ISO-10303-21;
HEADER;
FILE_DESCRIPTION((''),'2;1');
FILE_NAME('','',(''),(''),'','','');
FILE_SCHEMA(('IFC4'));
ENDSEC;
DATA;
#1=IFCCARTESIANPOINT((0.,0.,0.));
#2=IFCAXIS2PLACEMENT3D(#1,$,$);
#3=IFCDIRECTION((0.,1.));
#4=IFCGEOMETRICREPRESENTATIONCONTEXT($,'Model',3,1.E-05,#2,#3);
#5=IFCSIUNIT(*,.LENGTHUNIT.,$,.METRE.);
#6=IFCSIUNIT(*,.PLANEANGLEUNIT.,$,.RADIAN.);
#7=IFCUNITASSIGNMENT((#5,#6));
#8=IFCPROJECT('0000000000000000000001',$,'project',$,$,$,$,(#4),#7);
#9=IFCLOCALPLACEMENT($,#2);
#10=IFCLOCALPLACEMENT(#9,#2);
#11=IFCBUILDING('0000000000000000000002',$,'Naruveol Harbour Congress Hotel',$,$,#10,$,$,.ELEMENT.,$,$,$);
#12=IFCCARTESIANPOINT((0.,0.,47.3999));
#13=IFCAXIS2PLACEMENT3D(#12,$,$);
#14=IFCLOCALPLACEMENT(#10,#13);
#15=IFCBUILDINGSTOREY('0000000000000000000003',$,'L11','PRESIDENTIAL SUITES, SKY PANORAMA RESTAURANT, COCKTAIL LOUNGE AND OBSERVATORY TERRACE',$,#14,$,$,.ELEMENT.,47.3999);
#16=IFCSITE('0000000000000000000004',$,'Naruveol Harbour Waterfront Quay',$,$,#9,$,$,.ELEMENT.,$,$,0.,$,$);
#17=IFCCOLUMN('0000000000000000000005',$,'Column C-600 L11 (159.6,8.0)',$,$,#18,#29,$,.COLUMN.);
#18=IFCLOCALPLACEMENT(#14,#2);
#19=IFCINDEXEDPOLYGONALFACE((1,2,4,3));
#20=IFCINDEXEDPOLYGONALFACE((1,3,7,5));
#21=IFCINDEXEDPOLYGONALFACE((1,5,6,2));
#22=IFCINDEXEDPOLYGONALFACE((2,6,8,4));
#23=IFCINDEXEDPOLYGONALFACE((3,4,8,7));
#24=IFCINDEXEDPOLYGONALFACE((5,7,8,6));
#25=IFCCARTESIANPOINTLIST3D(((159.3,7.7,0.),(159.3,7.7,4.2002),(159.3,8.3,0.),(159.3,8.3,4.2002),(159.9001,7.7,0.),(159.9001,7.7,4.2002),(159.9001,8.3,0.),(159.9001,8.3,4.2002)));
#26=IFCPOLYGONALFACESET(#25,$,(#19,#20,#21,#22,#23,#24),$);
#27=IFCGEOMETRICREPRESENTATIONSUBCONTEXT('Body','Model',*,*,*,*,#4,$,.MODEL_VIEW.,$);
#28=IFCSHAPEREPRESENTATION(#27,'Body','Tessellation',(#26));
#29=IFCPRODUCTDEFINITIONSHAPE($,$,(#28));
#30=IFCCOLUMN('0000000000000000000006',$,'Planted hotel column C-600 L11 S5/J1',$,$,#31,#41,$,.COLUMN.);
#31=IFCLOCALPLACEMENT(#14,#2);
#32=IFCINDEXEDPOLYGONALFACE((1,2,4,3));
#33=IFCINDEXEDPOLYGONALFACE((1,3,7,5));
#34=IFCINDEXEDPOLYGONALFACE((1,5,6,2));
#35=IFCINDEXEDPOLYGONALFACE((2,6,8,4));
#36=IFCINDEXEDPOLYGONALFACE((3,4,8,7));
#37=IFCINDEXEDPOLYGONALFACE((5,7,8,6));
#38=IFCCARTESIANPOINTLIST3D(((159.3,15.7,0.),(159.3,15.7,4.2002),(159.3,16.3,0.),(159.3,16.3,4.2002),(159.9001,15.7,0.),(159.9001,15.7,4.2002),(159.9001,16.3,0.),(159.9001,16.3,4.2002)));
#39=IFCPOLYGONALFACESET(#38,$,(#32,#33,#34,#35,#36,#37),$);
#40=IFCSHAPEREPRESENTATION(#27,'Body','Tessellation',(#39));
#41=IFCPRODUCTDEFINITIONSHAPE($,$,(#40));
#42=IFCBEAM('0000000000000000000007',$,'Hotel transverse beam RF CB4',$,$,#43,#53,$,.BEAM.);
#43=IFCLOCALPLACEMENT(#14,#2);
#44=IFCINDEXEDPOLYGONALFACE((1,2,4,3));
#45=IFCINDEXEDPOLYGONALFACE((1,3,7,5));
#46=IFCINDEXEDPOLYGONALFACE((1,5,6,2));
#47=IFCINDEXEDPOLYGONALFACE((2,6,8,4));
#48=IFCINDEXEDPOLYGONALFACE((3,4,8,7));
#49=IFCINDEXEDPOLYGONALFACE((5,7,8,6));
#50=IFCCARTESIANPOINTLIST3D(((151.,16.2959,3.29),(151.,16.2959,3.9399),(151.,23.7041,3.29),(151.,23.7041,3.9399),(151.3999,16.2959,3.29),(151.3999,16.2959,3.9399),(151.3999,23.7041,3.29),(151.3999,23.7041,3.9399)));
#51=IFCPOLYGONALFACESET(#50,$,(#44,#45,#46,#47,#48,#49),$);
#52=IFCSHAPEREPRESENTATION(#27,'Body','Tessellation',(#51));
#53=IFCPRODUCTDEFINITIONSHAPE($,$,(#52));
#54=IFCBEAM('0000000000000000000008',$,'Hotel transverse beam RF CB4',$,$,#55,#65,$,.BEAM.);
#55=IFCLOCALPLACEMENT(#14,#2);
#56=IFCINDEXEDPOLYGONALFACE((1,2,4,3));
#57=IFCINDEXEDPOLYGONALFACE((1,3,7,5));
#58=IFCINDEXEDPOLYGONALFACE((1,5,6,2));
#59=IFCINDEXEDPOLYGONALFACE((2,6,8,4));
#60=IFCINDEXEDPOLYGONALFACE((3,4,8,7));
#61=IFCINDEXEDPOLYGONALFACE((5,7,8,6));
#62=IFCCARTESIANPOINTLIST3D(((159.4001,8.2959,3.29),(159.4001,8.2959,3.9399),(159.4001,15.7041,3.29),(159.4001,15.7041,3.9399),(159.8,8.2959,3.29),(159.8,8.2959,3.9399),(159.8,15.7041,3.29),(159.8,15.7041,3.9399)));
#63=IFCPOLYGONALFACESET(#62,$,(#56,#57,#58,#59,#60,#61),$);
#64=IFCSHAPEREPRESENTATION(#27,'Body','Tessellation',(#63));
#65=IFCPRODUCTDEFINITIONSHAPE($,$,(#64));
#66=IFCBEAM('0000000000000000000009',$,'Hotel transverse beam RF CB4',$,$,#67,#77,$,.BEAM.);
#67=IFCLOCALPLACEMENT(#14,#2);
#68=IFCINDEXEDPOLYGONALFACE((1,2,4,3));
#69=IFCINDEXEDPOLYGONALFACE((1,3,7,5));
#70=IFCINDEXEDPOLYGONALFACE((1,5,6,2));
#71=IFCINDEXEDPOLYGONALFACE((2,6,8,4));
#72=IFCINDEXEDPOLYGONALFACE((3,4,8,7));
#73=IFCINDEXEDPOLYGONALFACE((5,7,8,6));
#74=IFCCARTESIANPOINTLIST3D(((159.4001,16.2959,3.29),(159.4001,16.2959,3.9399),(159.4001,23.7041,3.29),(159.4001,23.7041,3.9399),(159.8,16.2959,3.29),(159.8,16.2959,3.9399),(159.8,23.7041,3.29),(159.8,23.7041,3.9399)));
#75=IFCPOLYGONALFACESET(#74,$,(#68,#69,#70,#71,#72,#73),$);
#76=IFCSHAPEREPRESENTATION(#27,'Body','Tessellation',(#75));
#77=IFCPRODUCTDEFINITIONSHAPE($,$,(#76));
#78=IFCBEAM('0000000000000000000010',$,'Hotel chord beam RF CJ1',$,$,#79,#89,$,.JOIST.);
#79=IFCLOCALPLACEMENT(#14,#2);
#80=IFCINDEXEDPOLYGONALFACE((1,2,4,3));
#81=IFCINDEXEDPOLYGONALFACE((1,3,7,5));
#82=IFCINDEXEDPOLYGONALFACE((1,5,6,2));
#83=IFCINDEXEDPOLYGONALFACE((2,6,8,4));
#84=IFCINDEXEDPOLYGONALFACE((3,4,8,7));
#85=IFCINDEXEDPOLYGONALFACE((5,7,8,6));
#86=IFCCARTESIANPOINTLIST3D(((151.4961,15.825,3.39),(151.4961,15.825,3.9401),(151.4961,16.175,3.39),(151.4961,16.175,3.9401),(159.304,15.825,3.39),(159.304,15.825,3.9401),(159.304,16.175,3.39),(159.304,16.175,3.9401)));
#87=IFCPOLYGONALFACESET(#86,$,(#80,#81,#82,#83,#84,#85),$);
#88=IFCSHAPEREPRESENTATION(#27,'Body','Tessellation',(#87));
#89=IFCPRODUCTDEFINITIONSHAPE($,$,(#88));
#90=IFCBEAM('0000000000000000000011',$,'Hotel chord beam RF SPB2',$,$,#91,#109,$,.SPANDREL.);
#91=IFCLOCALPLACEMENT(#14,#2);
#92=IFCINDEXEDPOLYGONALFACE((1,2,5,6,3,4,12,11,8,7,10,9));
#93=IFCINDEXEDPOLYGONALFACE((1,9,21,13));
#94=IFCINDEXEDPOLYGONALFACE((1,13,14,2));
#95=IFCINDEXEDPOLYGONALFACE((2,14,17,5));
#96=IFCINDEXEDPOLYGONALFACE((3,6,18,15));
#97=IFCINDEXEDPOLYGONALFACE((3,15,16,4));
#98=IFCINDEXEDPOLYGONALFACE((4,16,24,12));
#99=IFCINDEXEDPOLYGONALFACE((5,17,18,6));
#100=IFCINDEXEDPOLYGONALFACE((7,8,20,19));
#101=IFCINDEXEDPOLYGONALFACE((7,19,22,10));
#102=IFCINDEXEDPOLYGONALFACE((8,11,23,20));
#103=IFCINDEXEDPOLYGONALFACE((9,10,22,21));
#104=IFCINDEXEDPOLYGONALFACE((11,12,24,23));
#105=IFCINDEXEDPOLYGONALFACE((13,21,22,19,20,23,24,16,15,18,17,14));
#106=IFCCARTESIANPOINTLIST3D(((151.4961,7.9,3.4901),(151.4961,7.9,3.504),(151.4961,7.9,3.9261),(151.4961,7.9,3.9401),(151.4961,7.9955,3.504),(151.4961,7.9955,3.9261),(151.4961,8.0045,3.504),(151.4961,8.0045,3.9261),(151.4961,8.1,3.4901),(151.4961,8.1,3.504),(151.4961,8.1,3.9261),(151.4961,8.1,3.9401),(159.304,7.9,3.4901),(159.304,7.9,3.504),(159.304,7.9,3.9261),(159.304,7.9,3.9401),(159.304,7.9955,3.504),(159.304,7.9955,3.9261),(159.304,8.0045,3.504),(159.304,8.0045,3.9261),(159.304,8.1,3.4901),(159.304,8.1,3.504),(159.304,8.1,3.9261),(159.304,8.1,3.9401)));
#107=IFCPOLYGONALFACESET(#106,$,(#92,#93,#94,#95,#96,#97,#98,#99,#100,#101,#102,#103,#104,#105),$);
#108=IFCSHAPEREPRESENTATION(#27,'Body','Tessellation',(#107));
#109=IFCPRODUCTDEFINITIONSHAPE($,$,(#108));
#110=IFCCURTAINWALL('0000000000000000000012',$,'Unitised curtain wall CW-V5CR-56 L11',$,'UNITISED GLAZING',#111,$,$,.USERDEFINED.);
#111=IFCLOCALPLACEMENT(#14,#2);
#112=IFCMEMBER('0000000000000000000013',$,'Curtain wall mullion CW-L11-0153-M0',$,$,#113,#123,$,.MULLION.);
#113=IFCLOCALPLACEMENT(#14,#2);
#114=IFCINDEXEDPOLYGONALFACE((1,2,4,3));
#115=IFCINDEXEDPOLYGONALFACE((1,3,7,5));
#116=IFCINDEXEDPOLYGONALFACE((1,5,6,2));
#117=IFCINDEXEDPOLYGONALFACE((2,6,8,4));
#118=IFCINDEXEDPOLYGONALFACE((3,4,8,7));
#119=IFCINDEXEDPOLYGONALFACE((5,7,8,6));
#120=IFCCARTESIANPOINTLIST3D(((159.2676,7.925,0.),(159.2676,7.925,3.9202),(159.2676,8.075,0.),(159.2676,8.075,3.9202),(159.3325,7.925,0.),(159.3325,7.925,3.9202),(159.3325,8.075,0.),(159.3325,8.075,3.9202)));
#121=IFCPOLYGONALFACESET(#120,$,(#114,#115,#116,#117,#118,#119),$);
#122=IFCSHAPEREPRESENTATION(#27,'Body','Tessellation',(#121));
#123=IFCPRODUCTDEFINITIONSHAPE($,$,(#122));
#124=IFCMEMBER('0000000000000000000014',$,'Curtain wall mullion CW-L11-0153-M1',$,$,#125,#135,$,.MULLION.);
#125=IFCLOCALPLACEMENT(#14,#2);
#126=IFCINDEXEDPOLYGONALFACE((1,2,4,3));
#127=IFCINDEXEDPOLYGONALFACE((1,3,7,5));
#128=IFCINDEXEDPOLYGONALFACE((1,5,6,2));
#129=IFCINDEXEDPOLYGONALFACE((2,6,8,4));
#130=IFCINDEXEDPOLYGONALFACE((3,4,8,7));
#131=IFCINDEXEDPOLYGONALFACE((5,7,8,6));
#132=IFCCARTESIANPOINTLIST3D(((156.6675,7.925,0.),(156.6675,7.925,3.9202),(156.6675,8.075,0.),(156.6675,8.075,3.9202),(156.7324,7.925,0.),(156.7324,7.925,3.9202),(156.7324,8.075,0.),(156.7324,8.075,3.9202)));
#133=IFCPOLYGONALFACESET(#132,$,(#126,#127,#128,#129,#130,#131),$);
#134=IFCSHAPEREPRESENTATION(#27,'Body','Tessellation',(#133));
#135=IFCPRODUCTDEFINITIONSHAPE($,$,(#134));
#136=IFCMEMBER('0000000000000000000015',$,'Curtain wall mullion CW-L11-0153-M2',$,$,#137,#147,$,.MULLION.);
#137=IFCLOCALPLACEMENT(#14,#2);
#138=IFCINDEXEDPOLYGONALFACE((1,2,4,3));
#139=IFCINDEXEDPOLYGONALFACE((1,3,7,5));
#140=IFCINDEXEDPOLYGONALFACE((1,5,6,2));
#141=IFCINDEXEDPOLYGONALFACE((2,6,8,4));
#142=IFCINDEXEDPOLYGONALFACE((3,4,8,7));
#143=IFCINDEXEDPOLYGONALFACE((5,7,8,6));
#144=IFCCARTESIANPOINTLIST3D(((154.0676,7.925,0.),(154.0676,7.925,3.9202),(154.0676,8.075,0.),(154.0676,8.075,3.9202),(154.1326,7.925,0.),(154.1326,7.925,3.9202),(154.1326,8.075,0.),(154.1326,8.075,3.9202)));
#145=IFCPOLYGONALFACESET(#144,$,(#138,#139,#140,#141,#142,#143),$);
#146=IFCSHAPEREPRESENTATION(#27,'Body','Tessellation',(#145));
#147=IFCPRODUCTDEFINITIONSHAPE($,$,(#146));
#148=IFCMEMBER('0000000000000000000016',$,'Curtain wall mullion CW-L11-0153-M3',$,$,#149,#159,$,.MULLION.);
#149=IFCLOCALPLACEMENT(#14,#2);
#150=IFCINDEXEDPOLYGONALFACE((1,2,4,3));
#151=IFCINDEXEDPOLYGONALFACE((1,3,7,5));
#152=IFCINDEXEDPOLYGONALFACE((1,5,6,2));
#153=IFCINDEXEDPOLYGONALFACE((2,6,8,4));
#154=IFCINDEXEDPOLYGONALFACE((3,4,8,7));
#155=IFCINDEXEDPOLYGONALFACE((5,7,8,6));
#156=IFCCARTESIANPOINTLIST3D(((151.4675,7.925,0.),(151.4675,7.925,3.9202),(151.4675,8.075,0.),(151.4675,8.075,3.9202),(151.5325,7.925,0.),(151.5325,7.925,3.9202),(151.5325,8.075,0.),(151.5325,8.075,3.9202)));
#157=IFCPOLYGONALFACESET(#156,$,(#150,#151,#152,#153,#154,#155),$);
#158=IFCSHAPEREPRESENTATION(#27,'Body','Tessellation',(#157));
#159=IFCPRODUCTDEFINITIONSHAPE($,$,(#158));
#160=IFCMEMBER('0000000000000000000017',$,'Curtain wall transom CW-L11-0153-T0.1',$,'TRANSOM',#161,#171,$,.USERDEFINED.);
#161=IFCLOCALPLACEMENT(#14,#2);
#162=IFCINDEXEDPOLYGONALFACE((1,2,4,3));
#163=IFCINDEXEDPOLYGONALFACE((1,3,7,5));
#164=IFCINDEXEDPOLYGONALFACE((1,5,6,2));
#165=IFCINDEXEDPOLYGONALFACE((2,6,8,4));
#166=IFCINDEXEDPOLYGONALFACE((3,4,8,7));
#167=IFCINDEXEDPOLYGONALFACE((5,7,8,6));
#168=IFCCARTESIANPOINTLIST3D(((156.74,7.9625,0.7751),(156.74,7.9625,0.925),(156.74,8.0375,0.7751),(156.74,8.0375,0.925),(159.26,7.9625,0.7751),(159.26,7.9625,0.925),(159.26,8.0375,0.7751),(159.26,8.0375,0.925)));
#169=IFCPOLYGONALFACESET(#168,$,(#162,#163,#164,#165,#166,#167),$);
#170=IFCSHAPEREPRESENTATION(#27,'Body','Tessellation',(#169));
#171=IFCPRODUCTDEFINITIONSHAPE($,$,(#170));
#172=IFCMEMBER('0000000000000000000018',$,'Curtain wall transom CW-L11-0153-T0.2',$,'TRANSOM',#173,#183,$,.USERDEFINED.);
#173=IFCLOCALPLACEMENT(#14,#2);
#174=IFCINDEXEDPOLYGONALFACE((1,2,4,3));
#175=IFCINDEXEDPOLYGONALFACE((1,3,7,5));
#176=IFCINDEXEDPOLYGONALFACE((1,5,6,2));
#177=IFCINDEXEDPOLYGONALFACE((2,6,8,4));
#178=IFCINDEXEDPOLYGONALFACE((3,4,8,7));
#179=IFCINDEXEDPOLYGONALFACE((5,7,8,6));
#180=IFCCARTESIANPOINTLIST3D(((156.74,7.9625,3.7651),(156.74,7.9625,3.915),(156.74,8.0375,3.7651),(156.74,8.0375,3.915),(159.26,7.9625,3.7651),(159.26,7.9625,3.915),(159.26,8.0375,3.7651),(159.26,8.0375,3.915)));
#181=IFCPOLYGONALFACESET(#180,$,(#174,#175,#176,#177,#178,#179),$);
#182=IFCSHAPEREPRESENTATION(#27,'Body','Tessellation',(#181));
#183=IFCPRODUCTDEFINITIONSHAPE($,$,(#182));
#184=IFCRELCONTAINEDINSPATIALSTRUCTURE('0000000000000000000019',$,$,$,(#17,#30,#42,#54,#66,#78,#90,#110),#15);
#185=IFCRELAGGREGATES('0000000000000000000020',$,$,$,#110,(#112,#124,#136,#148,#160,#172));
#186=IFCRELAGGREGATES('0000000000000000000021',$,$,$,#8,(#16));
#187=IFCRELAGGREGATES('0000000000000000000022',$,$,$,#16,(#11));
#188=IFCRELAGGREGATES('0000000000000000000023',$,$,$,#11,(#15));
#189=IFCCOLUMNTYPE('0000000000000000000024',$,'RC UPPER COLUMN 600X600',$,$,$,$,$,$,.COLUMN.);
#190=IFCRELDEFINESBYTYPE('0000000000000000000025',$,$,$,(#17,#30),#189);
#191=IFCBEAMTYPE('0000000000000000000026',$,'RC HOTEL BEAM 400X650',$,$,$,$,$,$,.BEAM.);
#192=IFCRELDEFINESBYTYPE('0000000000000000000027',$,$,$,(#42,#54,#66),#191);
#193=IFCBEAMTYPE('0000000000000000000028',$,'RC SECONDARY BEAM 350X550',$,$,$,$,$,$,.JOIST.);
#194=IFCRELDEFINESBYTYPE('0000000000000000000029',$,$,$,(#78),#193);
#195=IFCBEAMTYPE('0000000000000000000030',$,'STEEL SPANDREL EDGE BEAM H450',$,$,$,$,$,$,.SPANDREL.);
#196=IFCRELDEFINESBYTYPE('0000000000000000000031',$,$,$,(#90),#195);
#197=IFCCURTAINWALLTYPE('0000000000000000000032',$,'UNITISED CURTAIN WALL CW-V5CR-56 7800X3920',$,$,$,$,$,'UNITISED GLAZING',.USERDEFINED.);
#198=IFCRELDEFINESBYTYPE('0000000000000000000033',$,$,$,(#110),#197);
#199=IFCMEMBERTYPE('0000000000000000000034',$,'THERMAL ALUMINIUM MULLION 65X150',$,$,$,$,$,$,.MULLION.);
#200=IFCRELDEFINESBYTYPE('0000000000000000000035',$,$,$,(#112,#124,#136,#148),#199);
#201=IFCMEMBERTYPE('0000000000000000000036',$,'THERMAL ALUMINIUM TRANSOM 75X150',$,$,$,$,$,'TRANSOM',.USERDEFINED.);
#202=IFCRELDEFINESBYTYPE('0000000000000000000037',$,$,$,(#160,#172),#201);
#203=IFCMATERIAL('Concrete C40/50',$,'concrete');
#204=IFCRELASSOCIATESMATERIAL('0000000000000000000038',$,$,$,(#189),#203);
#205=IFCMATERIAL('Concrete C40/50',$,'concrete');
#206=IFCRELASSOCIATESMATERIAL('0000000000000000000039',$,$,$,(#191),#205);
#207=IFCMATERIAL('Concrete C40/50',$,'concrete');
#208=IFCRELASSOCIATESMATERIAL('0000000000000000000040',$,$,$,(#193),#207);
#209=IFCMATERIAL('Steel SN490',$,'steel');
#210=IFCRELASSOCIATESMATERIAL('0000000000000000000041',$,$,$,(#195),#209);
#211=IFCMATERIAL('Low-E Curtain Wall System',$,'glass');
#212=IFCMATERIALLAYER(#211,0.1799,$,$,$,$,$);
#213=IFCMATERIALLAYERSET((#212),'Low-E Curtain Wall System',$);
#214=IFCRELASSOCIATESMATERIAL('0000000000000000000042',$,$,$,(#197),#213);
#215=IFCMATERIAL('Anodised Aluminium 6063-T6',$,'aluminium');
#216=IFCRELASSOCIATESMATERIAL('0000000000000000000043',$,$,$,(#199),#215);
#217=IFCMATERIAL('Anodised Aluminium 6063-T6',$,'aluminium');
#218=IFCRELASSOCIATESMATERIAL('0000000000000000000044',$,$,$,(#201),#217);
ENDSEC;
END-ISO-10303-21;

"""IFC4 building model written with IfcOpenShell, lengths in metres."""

from ifc_helpers import new_model, si_unit, direction, frame, origin, origin_2d, place, context, subcontext, project, spatial, rectangle, i_section, extrude, material, layer, layer_set, material_profile, profile_set, type_object, element, aggregate, save


model = new_model("IFC4")

# Units and contexts
model_context = context("Model", 3, precision=1e-05, world=origin(), true_north=direction((0.0, 1.0)))
body_context = subcontext(model_context, "Body", "Model", "MODEL_VIEW")
ifc_project = project(units=[si_unit("LENGTHUNIT", "METRE"), si_unit("PLANEANGLEUNIT", "RADIAN")], contexts=[model_context])

# Site, building, storey
site_placement = place(None, origin())
site = spatial("IfcSite", under=ifc_project, at=site_placement, Name="Naruveol Harbour Waterfront Quay", CompositionType="ELEMENT", RefElevation=0.0)
building_placement = place(site_placement, origin())
building = spatial("IfcBuilding", under=site, at=building_placement, Name="Naruveol Harbour Congress Hotel", CompositionType="ELEMENT")
storey_placement = place(building_placement, frame((0.0, 0.0, 47.3999)))
storey = spatial("IfcBuildingStorey", under=building, at=storey_placement, Name="L11", Description="PRESIDENTIAL SUITES, SKY PANORAMA RESTAURANT, COCKTAIL LOUNGE AND OBSERVATORY TERRACE", CompositionType="ELEMENT", Elevation=47.3999)

# Columns
ifc_material_1 = material(Name="Concrete C40/50", Category="concrete")
ifc_material_profile_1 = material_profile(ifc_material_1, rectangle(XDim=0.6001, YDim=0.6001, at=origin_2d()), Name="RC-600x600")
ifc_profile_set_1 = profile_set([ifc_material_profile_1], Name="Concrete C40/50")
column_type = type_object("IfcColumnType", Name="RC UPPER COLUMN 600X600", PredefinedType="COLUMN", material=ifc_profile_set_1)
for number, where, z_axis, x_axis, name in (
    (1, (159.6001, 8.0, 0.0), (0.0, 0.0, 1.0), (1.0, 0.0, 0.0), "Column C-600 L11 (159.6,8.0)"),
    (2, (159.6001, 16.0, 0.0), (0.0, 0.0, 1.0), (1.0, 0.0, 0.0), "Planted hotel column C-600 L11 S5/J1"),
):
    element("IfcColumn", number, at=place(storey_placement, frame(where, z_axis=z_axis, x_axis=x_axis)), inside=storey, type_object=column_type, Name=name, PredefinedType="COLUMN", context=body_context, shape_type="SweptSolid", body=[
        extrude(rectangle(XDim=0.6001, YDim=0.6001, at=origin_2d()), origin(), (0.0, 0.0, 1.0), 4.2002),
    ])

# Beams
ifc_material_2 = material(Name="Concrete C40/50", Category="concrete")
ifc_material_profile_2 = material_profile(ifc_material_2, rectangle(XDim=0.3999, YDim=0.6499, at=origin_2d()), Name="RCB-400x650")
ifc_profile_set_2 = profile_set([ifc_material_profile_2], Name="Concrete C40/50")
beam_type_1 = type_object("IfcBeamType", Name="RC HOTEL BEAM 400X650", PredefinedType="BEAM", material=ifc_profile_set_2)
for number, where, z_axis, x_axis, name in (
    (3, (151.2, 16.2959, 3.615), (0.0, 1.0, 0.0), (-1.0, 0.0, 0.0), "Hotel transverse beam RF CB4"),
    (4, (159.6001, 8.2959, 3.615), (0.0, 1.0, 0.0), (-1.0, 0.0, 0.0), "Hotel transverse beam RF CB4"),
    (5, (159.6001, 16.2959, 3.615), (0.0, 1.0, 0.0), (-1.0, 0.0, 0.0), "Hotel transverse beam RF CB4"),
):
    element("IfcBeam", number, at=place(storey_placement, frame(where, z_axis=z_axis, x_axis=x_axis)), inside=storey, type_object=beam_type_1, Name=name, PredefinedType="BEAM", context=body_context, shape_type="SweptSolid", body=[
        extrude(rectangle(XDim=0.3999, YDim=0.6499, at=origin_2d()), origin(), (0.0, 0.0, 1.0), 7.4082),
    ])
ifc_material_3 = material(Name="Concrete C40/50", Category="concrete")
ifc_material_profile_3 = material_profile(ifc_material_3, rectangle(XDim=0.3501, YDim=0.55, at=origin_2d()), Name="RCB-350x550")
ifc_profile_set_3 = profile_set([ifc_material_profile_3], Name="Concrete C40/50")
beam_type_2 = type_object("IfcBeamType", Name="RC SECONDARY BEAM 350X550", PredefinedType="JOIST", material=ifc_profile_set_3)
beam_1_placement = place(storey_placement, frame((151.4961, 16.0, 3.665), z_axis=(1.0, 0.0, 0.0), x_axis=(0.0, 1.0, 0.0)))
element("IfcBeam", 6, at=beam_1_placement, inside=storey, type_object=beam_type_2, Name="Hotel chord beam RF CJ1", PredefinedType="JOIST", context=body_context, shape_type="SweptSolid", body=[
    extrude(rectangle(XDim=0.3501, YDim=0.55, at=origin_2d()), origin(), (0.0, 0.0, 1.0), 7.8079),
])
ifc_material_4 = material(Name="Steel SN490", Category="steel")
ifc_material_profile_4 = material_profile(ifc_material_4, i_section(OverallWidth=0.2, OverallDepth=0.45, WebThickness=0.009, FlangeThickness=0.0139, at=origin_2d()), Name="H-450x200x9x14")
ifc_profile_set_4 = profile_set([ifc_material_profile_4], Name="Steel SN490")
beam_type_3 = type_object("IfcBeamType", Name="STEEL SPANDREL EDGE BEAM H450", PredefinedType="SPANDREL", material=ifc_profile_set_4)
beam_2_placement = place(storey_placement, frame((151.4961, 8.0, 3.7151), z_axis=(1.0, 0.0, 0.0), x_axis=(0.0, 1.0, 0.0)))
element("IfcBeam", 7, at=beam_2_placement, inside=storey, type_object=beam_type_3, Name="Hotel chord beam RF SPB2", PredefinedType="SPANDREL", context=body_context, shape_type="SweptSolid", body=[
    extrude(i_section(OverallWidth=0.2, OverallDepth=0.45, WebThickness=0.009, FlangeThickness=0.0139, at=origin_2d()), origin(), (0.0, 0.0, 1.0), 7.8079),
])

# Curtain wall, members
ifc_material_5 = material(Name="Low-E Curtain Wall System", Category="glass")
ifc_layer_1 = layer(ifc_material_5, 0.1799)
ifc_layer_set_1 = layer_set([ifc_layer_1], Name="Low-E Curtain Wall System")
curtain_wall_type = type_object("IfcCurtainWallType", Name="UNITISED CURTAIN WALL CW-V5CR-56 7800X3920", ElementType="UNITISED GLAZING", PredefinedType="USERDEFINED", material=ifc_layer_set_1)
curtain_wall_placement = place(storey_placement, origin())
curtain_wall = element("IfcCurtainWall", 8, at=curtain_wall_placement, inside=storey, type_object=curtain_wall_type, Name="Unitised curtain wall CW-V5CR-56 L11", ObjectType="UNITISED GLAZING", PredefinedType="USERDEFINED")
ifc_material_6 = material(Name="Anodised Aluminium 6063-T6", Category="aluminium")
ifc_material_profile_5 = material_profile(ifc_material_6, rectangle(XDim=0.0649, YDim=0.1499, at=origin_2d()), Name="ALU-65x150")
ifc_profile_set_5 = profile_set([ifc_material_profile_5], Name="Anodised Aluminium 6063-T6")
member_type_1 = type_object("IfcMemberType", Name="THERMAL ALUMINIUM MULLION 65X150", PredefinedType="MULLION", material=ifc_profile_set_5)
member_1_placement = place(storey_placement, frame((159.3, 8.0, 0.0), z_axis=(0.0, 0.0, 1.0), x_axis=(1.0, 0.0, 0.0)))
member_1 = element("IfcMember", 9, at=member_1_placement, type_object=member_type_1, Name="Curtain wall mullion CW-L11-0153-M0", PredefinedType="MULLION", context=body_context, shape_type="SweptSolid", body=[
    extrude(rectangle(XDim=0.0649, YDim=0.1499, at=origin_2d()), origin(), (0.0, 0.0, 1.0), 3.9202),
])
member_2_placement = place(storey_placement, frame((156.7, 8.0, 0.0), z_axis=(0.0, 0.0, 1.0), x_axis=(1.0, 0.0, 0.0)))
member_2 = element("IfcMember", 10, at=member_2_placement, type_object=member_type_1, Name="Curtain wall mullion CW-L11-0153-M1", PredefinedType="MULLION", context=body_context, shape_type="SweptSolid", body=[
    extrude(rectangle(XDim=0.0649, YDim=0.1499, at=origin_2d()), origin(), (0.0, 0.0, 1.0), 3.9202),
])
member_3_placement = place(storey_placement, frame((154.1001, 8.0, 0.0), z_axis=(0.0, 0.0, 1.0), x_axis=(1.0, 0.0, 0.0)))
member_3 = element("IfcMember", 11, at=member_3_placement, type_object=member_type_1, Name="Curtain wall mullion CW-L11-0153-M2", PredefinedType="MULLION", context=body_context, shape_type="SweptSolid", body=[
    extrude(rectangle(XDim=0.0649, YDim=0.1499, at=origin_2d()), origin(), (0.0, 0.0, 1.0), 3.9202),
])
member_4_placement = place(storey_placement, frame((151.5, 8.0, 0.0), z_axis=(0.0, 0.0, 1.0), x_axis=(1.0, 0.0, 0.0)))
member_4 = element("IfcMember", 12, at=member_4_placement, type_object=member_type_1, Name="Curtain wall mullion CW-L11-0153-M3", PredefinedType="MULLION", context=body_context, shape_type="SweptSolid", body=[
    extrude(rectangle(XDim=0.0649, YDim=0.1499, at=origin_2d()), origin(), (0.0, 0.0, 1.0), 3.9202),
])
ifc_material_7 = material(Name="Anodised Aluminium 6063-T6", Category="aluminium")
ifc_material_profile_6 = material_profile(ifc_material_7, rectangle(XDim=0.075, YDim=0.1499, at=origin_2d()), Name="ALU-75x150")
ifc_profile_set_6 = profile_set([ifc_material_profile_6], Name="Anodised Aluminium 6063-T6")
member_type_2 = type_object("IfcMemberType", Name="THERMAL ALUMINIUM TRANSOM 75X150", ElementType="TRANSOM", PredefinedType="USERDEFINED", material=ifc_profile_set_6)
member_5_placement = place(storey_placement, frame((159.26, 8.0, 0.8501), z_axis=(-1.0, 0.0, 0.0), x_axis=(0.0, -1.0, 0.0)))
member_5 = element("IfcMember", 13, at=member_5_placement, type_object=member_type_2, Name="Curtain wall transom CW-L11-0153-T0.1", ObjectType="TRANSOM", PredefinedType="USERDEFINED", context=body_context, shape_type="SweptSolid", body=[
    extrude(rectangle(XDim=0.075, YDim=0.1499, at=origin_2d()), origin(), (0.0, 0.0, 1.0), 2.52),
])
member_6_placement = place(storey_placement, frame((159.26, 8.0, 3.8401), z_axis=(-1.0, 0.0, 0.0), x_axis=(0.0, -1.0, 0.0)))
member_6 = element("IfcMember", 14, at=member_6_placement, type_object=member_type_2, Name="Curtain wall transom CW-L11-0153-T0.2", ObjectType="TRANSOM", PredefinedType="USERDEFINED", context=body_context, shape_type="SweptSolid", body=[
    extrude(rectangle(XDim=0.075, YDim=0.1499, at=origin_2d()), origin(), (0.0, 0.0, 1.0), 2.52),
])
aggregate(curtain_wall, [member_1, member_2, member_3, member_4, member_5, member_6])

save(model, "model.ifc")
